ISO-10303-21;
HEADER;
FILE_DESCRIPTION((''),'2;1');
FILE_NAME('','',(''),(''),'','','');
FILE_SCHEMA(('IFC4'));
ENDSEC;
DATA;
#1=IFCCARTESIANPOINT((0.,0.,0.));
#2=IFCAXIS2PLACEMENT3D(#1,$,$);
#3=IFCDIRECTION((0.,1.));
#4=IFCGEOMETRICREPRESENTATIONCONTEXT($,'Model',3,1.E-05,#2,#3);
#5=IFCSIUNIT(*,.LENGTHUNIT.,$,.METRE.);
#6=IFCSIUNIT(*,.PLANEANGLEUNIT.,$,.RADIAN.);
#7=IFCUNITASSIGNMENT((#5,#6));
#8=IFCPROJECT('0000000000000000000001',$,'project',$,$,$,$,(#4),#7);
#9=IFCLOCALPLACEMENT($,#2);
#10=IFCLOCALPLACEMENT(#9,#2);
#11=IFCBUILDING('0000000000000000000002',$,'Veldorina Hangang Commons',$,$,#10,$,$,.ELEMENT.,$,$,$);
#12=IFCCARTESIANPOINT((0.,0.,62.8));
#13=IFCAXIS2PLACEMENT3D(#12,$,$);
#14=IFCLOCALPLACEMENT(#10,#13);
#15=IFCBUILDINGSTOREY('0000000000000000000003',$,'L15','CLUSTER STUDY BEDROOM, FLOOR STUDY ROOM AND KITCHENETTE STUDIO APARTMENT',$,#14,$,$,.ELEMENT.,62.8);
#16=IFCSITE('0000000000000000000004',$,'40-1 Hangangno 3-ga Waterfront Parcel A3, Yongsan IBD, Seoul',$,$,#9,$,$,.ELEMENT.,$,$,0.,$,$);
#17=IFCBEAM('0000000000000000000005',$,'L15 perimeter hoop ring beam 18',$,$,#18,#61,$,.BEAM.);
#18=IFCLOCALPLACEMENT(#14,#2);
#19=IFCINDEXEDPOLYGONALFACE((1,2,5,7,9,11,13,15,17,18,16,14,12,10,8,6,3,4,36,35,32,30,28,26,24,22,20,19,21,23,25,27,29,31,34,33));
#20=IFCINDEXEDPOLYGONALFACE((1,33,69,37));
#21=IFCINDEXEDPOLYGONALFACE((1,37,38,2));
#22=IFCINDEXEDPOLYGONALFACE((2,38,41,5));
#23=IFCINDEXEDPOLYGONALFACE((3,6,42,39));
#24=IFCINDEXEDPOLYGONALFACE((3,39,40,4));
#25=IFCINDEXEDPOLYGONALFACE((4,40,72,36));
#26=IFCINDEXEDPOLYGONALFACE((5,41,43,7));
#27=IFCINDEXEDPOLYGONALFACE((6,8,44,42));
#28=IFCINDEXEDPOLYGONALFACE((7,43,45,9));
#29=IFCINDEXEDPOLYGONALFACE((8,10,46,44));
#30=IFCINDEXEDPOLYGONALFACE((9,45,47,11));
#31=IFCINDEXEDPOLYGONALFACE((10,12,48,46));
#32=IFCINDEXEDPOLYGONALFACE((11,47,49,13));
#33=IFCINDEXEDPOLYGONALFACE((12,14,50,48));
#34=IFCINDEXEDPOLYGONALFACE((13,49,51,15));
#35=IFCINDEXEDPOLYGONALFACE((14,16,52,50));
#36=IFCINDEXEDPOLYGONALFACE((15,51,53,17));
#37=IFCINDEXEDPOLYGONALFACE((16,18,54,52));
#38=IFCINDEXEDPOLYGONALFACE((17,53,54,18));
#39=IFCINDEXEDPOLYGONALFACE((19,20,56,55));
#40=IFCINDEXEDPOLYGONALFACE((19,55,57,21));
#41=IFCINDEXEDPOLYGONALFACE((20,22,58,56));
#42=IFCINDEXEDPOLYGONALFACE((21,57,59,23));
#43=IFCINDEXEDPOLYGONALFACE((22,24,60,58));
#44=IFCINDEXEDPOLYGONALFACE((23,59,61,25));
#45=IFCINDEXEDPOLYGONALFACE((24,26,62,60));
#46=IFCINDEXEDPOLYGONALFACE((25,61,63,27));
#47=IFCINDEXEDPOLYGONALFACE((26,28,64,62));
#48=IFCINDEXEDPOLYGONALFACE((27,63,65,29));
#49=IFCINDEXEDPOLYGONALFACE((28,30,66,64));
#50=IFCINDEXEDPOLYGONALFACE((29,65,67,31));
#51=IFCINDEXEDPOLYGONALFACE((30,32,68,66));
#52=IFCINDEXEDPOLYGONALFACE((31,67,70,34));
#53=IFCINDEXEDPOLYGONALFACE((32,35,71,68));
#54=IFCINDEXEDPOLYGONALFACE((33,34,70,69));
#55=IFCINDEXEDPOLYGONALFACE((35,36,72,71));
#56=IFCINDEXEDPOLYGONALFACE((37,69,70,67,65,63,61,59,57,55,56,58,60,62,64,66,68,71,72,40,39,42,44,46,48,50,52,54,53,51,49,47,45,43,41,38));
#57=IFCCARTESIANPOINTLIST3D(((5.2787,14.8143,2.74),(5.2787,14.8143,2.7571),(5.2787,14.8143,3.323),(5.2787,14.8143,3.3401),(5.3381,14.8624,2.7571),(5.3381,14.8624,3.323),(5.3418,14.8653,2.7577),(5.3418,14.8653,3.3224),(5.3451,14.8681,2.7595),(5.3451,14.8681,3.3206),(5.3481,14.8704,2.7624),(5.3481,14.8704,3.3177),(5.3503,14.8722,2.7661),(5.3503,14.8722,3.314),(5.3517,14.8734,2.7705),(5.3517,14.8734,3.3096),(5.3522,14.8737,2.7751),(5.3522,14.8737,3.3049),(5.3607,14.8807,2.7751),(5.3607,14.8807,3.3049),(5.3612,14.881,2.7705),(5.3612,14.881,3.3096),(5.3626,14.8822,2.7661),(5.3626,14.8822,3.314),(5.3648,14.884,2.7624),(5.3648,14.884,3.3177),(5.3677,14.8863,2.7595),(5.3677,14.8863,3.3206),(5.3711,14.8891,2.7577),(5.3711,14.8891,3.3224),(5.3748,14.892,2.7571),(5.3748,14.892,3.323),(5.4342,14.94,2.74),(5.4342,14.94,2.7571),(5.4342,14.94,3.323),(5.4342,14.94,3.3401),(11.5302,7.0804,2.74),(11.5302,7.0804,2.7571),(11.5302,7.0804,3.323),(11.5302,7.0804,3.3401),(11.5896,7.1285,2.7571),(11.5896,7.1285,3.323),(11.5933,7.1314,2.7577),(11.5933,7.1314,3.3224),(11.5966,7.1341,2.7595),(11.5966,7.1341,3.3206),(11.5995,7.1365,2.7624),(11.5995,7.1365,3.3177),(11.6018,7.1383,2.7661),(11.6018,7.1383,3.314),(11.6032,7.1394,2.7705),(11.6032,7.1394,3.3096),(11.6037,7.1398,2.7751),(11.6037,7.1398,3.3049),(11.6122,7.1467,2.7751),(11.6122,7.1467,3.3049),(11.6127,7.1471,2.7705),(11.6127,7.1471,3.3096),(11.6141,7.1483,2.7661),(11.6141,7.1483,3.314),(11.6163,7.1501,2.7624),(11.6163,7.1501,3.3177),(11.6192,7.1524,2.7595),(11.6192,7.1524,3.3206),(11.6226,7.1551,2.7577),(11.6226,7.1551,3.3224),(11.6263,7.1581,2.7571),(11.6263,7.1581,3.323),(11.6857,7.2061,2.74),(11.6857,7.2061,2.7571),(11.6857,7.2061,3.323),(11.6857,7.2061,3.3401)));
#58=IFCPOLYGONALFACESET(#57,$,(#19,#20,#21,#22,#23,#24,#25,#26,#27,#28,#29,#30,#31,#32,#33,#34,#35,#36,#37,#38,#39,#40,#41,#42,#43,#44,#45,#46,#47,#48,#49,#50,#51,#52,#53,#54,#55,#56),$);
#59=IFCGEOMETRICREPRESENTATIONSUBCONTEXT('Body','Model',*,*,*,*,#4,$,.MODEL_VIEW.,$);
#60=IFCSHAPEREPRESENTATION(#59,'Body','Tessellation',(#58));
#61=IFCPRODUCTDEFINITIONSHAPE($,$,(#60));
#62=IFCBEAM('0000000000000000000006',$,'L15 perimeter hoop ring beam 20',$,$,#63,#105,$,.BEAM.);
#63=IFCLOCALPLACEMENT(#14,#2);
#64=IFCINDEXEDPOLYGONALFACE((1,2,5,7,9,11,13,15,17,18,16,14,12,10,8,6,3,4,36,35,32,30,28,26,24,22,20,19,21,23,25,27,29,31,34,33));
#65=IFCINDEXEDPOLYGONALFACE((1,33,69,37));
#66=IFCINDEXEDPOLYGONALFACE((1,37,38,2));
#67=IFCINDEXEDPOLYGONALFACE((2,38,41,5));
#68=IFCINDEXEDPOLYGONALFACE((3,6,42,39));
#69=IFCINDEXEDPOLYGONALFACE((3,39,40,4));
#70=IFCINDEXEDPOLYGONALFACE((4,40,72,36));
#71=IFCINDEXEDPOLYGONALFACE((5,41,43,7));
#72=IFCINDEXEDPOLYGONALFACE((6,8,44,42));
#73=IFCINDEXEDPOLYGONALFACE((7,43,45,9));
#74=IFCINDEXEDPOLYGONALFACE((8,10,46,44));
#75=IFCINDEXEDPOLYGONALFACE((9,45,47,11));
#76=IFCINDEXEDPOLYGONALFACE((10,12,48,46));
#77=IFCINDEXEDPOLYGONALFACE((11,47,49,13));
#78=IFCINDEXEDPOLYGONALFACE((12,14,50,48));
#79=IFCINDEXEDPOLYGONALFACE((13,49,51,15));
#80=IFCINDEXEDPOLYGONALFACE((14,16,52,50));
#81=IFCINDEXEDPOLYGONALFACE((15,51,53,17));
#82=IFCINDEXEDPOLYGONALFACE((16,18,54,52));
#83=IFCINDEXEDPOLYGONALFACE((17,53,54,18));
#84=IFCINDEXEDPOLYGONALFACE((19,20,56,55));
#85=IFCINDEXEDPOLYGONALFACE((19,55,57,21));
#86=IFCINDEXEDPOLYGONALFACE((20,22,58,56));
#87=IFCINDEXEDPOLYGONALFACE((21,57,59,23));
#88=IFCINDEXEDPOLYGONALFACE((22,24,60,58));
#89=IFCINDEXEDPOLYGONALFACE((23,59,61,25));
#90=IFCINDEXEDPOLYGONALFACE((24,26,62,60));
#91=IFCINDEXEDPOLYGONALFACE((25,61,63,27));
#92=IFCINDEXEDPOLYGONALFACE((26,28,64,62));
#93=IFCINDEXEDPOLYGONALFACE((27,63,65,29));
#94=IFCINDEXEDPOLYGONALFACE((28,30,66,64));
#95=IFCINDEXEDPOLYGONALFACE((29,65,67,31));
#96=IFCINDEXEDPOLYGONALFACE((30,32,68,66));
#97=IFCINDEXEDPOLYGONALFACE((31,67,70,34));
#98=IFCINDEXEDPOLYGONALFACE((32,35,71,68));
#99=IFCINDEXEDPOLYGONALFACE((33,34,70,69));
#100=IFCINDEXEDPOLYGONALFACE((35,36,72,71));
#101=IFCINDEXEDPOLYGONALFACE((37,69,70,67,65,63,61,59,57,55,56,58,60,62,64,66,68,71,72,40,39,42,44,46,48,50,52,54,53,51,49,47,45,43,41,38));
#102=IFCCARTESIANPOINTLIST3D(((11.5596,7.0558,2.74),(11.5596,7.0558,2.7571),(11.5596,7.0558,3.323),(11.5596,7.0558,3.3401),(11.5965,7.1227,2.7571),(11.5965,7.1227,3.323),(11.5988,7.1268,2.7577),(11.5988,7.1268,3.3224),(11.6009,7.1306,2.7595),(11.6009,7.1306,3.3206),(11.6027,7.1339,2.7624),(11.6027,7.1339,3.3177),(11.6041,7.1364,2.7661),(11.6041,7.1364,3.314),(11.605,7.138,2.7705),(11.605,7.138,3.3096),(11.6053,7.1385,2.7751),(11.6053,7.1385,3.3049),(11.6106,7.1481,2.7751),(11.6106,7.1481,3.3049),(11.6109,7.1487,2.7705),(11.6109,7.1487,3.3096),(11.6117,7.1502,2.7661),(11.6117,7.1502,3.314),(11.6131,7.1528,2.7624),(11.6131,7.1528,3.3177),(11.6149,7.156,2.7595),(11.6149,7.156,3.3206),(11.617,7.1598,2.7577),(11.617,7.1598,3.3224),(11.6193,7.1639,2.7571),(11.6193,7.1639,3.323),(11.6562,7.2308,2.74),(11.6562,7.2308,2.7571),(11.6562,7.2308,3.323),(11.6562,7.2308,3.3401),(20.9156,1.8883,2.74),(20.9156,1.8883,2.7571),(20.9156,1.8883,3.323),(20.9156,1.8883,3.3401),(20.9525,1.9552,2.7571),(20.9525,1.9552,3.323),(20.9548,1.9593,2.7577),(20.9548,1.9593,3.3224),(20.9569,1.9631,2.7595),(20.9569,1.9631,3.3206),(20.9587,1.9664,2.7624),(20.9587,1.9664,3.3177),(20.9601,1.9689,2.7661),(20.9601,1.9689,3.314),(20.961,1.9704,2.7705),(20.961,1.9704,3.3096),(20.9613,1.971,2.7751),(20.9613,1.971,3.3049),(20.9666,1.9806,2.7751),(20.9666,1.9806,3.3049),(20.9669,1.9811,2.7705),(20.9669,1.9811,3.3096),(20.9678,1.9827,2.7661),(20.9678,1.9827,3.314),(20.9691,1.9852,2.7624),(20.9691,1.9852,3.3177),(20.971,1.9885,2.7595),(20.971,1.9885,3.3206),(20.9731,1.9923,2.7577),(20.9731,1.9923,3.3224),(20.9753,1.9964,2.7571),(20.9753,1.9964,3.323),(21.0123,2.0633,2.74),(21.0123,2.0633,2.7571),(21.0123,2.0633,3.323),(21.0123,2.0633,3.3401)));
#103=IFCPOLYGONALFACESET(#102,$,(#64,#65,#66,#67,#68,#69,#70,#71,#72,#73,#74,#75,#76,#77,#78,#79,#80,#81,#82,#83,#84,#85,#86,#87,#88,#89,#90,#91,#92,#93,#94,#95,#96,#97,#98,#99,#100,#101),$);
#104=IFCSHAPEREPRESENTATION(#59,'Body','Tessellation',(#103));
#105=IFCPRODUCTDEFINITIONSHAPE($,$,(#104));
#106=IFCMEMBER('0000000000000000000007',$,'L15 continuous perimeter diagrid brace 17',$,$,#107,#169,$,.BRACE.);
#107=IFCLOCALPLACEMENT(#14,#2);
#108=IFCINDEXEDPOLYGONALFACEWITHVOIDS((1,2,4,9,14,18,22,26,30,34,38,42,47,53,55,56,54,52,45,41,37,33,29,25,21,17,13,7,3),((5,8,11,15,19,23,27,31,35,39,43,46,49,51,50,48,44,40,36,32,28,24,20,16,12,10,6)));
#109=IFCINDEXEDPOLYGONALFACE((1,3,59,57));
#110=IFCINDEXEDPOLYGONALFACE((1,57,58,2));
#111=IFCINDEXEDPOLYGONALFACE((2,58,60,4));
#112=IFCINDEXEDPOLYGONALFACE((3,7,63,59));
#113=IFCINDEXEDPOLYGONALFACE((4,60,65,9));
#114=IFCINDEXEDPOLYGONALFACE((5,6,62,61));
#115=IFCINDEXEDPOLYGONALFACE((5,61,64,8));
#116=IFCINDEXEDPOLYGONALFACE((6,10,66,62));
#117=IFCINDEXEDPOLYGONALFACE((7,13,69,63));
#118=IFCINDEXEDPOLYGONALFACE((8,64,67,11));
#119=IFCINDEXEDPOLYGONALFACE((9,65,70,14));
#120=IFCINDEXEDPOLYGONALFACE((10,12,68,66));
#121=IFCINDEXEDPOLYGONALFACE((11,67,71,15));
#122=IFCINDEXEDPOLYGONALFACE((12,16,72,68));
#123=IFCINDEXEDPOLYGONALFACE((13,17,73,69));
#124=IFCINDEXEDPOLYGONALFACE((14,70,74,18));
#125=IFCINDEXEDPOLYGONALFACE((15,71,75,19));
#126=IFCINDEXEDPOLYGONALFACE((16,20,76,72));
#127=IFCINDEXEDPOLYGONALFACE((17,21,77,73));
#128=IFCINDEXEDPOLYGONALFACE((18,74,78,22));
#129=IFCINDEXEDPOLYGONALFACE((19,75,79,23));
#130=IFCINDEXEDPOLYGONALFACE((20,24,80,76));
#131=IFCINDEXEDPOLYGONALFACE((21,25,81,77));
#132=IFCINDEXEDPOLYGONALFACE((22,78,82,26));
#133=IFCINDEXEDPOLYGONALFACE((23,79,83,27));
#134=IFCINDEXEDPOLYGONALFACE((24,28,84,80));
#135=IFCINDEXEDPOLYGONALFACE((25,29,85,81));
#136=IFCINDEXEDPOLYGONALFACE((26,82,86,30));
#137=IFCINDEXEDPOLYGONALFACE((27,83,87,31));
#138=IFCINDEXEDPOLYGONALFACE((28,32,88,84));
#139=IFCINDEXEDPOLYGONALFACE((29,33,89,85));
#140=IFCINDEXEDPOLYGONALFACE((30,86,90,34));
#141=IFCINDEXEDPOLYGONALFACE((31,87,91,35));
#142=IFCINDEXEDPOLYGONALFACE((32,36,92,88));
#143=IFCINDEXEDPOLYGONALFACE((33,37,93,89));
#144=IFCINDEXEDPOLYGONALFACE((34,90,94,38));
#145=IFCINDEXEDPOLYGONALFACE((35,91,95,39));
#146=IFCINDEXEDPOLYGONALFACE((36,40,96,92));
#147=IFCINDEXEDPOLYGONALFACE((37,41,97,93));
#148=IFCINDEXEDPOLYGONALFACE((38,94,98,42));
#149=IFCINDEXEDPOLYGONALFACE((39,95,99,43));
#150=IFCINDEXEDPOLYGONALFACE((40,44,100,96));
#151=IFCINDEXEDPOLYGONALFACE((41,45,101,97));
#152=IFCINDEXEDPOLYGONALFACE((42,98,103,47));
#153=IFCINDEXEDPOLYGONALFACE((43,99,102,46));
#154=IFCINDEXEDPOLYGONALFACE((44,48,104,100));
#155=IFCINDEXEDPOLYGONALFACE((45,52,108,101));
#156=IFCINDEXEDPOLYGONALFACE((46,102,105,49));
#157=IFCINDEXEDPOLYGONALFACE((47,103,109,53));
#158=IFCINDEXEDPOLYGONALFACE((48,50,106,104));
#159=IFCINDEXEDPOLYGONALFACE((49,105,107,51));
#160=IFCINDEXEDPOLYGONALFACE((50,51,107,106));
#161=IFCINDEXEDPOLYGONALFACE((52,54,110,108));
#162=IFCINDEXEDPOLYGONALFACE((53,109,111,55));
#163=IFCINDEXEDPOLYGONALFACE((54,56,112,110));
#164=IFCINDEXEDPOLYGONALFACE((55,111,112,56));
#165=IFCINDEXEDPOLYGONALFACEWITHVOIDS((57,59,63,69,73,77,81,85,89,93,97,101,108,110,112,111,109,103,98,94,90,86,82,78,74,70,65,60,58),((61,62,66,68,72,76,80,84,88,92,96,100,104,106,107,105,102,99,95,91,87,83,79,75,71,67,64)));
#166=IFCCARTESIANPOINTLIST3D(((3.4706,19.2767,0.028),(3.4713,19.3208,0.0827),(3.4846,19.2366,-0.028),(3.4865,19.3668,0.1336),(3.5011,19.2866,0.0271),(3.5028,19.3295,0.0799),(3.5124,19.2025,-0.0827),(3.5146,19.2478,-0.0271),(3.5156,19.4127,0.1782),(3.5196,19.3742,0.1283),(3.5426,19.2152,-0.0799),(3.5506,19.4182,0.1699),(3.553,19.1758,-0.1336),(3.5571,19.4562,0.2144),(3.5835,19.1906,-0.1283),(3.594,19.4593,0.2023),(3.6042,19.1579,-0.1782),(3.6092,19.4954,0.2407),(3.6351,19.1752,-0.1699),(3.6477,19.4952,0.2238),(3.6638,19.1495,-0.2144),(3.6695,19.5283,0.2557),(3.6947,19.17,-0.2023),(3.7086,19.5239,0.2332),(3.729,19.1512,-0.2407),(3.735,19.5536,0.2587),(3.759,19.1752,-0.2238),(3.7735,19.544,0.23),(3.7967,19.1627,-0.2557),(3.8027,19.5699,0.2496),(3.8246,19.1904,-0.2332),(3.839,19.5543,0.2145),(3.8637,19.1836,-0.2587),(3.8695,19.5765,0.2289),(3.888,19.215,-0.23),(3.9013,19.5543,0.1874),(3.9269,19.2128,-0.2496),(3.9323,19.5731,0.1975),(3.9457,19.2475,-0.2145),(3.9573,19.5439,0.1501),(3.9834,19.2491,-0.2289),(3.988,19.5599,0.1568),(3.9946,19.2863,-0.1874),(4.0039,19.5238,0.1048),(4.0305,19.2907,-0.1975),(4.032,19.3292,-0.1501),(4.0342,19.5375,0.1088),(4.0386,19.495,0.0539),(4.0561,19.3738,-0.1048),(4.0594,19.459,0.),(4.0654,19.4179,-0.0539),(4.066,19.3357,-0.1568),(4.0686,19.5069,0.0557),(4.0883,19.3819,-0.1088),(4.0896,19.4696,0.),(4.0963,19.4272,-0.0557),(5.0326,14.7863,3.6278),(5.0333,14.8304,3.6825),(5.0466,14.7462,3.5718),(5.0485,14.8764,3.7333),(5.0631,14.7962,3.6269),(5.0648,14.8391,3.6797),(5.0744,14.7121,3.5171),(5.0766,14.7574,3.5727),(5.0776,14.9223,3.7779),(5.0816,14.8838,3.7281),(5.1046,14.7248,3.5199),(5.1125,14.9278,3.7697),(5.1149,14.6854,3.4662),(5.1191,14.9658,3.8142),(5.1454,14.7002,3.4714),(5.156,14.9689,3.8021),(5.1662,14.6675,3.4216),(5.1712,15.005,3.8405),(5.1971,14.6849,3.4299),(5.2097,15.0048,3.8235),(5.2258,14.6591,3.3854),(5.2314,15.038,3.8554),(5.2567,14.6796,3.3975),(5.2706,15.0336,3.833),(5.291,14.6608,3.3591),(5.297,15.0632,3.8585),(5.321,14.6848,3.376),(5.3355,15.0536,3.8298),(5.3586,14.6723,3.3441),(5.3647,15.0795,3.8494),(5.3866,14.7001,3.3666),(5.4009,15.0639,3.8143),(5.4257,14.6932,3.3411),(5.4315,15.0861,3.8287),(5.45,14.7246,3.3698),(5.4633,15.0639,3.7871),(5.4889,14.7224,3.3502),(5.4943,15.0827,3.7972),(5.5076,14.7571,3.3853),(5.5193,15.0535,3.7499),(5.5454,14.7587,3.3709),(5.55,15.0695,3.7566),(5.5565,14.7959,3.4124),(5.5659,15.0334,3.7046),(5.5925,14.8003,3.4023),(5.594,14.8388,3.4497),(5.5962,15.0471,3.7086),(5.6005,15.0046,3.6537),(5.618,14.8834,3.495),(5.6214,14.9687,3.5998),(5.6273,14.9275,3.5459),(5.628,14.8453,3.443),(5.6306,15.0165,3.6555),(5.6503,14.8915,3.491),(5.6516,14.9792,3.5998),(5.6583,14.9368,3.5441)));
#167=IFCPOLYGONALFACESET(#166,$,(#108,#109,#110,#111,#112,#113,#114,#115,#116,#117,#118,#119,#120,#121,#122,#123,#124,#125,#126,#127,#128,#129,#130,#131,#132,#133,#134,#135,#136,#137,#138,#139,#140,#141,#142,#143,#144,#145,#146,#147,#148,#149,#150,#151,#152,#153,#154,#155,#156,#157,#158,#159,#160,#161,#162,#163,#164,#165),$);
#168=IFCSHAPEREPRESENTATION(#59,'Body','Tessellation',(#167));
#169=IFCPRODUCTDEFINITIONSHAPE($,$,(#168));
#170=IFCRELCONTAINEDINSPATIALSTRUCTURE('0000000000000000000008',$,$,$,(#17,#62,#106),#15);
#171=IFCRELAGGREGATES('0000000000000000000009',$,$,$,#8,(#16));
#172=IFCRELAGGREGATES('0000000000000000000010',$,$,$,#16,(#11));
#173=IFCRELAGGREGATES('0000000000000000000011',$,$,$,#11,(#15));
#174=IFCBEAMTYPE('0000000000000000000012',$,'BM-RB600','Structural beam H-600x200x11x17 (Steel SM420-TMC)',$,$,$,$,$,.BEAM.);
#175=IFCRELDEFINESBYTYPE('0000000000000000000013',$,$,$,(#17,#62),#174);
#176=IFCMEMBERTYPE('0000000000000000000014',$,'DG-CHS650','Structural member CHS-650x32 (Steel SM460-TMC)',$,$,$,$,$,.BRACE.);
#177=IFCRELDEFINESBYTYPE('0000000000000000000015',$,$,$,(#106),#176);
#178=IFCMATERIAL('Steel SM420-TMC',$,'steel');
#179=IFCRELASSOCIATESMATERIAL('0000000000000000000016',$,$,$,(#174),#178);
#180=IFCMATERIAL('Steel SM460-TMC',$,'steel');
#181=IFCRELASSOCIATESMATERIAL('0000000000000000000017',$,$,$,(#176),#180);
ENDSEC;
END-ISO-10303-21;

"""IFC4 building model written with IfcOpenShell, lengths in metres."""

from ifc_helpers import new_model, si_unit, direction, frame, origin, origin_2d, place, context, subcontext, project, spatial, hollow_circle, i_section, extrude, material, material_profile, profile_set, type_object, element, save


model = new_model("IFC4")

# Units and contexts
model_context = context("Model", 3, precision=1e-05, world=origin(), true_north=direction((0.0, 1.0)))
body_context = subcontext(model_context, "Body", "Model", "MODEL_VIEW")
ifc_project = project(units=[si_unit("LENGTHUNIT", "METRE"), si_unit("PLANEANGLEUNIT", "RADIAN")], contexts=[model_context])

# Site, building, storey
site_placement = place(None, origin())
site = spatial("IfcSite", under=ifc_project, at=site_placement, Name="40-1 Hangangno 3-ga Waterfront Parcel A3, Yongsan IBD, Seoul", CompositionType="ELEMENT", RefElevation=0.0)
building_placement = place(site_placement, origin())
building = spatial("IfcBuilding", under=site, at=building_placement, Name="Veldorina Hangang Commons", CompositionType="ELEMENT")
storey_placement = place(building_placement, frame((0.0, 0.0, 62.8)))
storey = spatial("IfcBuildingStorey", under=building, at=storey_placement, Name="L15", Description="CLUSTER STUDY BEDROOM, FLOOR STUDY ROOM AND KITCHENETTE STUDIO APARTMENT", CompositionType="ELEMENT", Elevation=62.8)

# Beams
ifc_material_1 = material(Name="Steel SM420-TMC", Category="steel")
ifc_material_profile_1 = material_profile(ifc_material_1, i_section(OverallWidth=0.2, OverallDepth=0.6001, WebThickness=0.011, FlangeThickness=0.0171, FilletRadius=0.0181, at=origin_2d()), Name="H-600x200x11x17")
ifc_profile_set_1 = profile_set([ifc_material_profile_1], Name="Steel SM420-TMC")
beam_type = type_object("IfcBeamType", Name="BM-RB600", Description="Structural beam H-600x200x11x17 (Steel SM420-TMC)", PredefinedType="BEAM", material=ifc_profile_set_1)
beam_1_placement = place(storey_placement, frame((5.3564, 14.8772, 3.04), z_axis=(0.628633, -0.777702, 0.0), x_axis=(0.777702, 0.628633, 0.0)))
element("IfcBeam", 1, at=beam_1_placement, inside=storey, type_object=beam_type, Name="L15 perimeter hoop ring beam 18", PredefinedType="BEAM", context=body_context, shape_type="SweptSolid", body=[
    extrude(i_section(OverallWidth=0.2, OverallDepth=0.6001, WebThickness=0.011, FlangeThickness=0.0171, FilletRadius=0.0181, at=origin_2d()), origin(), (0.0, 0.0, 1.0), 9.9446),
])
beam_2_placement = place(storey_placement, frame((11.6079, 7.1433, 3.04), z_axis=(0.875357, -0.483477, 0.0), x_axis=(0.483477, 0.875357, 0.0)))
element("IfcBeam", 2, at=beam_2_placement, inside=storey, type_object=beam_type, Name="L15 perimeter hoop ring beam 20", PredefinedType="BEAM", context=body_context, shape_type="SweptSolid", body=[
    extrude(i_section(OverallWidth=0.2, OverallDepth=0.6001, WebThickness=0.011, FlangeThickness=0.0171, FilletRadius=0.0181, at=origin_2d()), origin(), (0.0, 0.0, 1.0), 10.6882),
])

# Member
ifc_material_2 = material(Name="Steel SM460-TMC", Category="steel")
ifc_material_profile_2 = material_profile(ifc_material_2, hollow_circle(Radius=0.325, WallThickness=0.032, at=origin_2d()), Name="CHS-650x32")
ifc_profile_set_2 = profile_set([ifc_material_profile_2], Name="Steel SM460-TMC")
member_type = type_object("IfcMemberType", Name="DG-CHS650", Description="Structural member CHS-650x32 (Steel SM460-TMC)", PredefinedType="BRACE", material=ifc_profile_set_2)
member_1_placement = place(storey_placement, frame((3.7827, 19.3628, 0.0), z_axis=(0.261929, -0.752995, 0.603649), x_axis=(0.94449, 0.328541, 0.0)))
element("IfcMember", 3, at=member_1_placement, inside=storey, type_object=member_type, Name="L15 continuous perimeter diagrid brace 17", PredefinedType="BRACE", context=body_context, shape_type="SweptSolid", body=[
    extrude(hollow_circle(Radius=0.325, WallThickness=0.032, at=origin_2d()), origin(), (0.0, 0.0, 1.0), 5.9634),
])

save(model, "model.ifc")
